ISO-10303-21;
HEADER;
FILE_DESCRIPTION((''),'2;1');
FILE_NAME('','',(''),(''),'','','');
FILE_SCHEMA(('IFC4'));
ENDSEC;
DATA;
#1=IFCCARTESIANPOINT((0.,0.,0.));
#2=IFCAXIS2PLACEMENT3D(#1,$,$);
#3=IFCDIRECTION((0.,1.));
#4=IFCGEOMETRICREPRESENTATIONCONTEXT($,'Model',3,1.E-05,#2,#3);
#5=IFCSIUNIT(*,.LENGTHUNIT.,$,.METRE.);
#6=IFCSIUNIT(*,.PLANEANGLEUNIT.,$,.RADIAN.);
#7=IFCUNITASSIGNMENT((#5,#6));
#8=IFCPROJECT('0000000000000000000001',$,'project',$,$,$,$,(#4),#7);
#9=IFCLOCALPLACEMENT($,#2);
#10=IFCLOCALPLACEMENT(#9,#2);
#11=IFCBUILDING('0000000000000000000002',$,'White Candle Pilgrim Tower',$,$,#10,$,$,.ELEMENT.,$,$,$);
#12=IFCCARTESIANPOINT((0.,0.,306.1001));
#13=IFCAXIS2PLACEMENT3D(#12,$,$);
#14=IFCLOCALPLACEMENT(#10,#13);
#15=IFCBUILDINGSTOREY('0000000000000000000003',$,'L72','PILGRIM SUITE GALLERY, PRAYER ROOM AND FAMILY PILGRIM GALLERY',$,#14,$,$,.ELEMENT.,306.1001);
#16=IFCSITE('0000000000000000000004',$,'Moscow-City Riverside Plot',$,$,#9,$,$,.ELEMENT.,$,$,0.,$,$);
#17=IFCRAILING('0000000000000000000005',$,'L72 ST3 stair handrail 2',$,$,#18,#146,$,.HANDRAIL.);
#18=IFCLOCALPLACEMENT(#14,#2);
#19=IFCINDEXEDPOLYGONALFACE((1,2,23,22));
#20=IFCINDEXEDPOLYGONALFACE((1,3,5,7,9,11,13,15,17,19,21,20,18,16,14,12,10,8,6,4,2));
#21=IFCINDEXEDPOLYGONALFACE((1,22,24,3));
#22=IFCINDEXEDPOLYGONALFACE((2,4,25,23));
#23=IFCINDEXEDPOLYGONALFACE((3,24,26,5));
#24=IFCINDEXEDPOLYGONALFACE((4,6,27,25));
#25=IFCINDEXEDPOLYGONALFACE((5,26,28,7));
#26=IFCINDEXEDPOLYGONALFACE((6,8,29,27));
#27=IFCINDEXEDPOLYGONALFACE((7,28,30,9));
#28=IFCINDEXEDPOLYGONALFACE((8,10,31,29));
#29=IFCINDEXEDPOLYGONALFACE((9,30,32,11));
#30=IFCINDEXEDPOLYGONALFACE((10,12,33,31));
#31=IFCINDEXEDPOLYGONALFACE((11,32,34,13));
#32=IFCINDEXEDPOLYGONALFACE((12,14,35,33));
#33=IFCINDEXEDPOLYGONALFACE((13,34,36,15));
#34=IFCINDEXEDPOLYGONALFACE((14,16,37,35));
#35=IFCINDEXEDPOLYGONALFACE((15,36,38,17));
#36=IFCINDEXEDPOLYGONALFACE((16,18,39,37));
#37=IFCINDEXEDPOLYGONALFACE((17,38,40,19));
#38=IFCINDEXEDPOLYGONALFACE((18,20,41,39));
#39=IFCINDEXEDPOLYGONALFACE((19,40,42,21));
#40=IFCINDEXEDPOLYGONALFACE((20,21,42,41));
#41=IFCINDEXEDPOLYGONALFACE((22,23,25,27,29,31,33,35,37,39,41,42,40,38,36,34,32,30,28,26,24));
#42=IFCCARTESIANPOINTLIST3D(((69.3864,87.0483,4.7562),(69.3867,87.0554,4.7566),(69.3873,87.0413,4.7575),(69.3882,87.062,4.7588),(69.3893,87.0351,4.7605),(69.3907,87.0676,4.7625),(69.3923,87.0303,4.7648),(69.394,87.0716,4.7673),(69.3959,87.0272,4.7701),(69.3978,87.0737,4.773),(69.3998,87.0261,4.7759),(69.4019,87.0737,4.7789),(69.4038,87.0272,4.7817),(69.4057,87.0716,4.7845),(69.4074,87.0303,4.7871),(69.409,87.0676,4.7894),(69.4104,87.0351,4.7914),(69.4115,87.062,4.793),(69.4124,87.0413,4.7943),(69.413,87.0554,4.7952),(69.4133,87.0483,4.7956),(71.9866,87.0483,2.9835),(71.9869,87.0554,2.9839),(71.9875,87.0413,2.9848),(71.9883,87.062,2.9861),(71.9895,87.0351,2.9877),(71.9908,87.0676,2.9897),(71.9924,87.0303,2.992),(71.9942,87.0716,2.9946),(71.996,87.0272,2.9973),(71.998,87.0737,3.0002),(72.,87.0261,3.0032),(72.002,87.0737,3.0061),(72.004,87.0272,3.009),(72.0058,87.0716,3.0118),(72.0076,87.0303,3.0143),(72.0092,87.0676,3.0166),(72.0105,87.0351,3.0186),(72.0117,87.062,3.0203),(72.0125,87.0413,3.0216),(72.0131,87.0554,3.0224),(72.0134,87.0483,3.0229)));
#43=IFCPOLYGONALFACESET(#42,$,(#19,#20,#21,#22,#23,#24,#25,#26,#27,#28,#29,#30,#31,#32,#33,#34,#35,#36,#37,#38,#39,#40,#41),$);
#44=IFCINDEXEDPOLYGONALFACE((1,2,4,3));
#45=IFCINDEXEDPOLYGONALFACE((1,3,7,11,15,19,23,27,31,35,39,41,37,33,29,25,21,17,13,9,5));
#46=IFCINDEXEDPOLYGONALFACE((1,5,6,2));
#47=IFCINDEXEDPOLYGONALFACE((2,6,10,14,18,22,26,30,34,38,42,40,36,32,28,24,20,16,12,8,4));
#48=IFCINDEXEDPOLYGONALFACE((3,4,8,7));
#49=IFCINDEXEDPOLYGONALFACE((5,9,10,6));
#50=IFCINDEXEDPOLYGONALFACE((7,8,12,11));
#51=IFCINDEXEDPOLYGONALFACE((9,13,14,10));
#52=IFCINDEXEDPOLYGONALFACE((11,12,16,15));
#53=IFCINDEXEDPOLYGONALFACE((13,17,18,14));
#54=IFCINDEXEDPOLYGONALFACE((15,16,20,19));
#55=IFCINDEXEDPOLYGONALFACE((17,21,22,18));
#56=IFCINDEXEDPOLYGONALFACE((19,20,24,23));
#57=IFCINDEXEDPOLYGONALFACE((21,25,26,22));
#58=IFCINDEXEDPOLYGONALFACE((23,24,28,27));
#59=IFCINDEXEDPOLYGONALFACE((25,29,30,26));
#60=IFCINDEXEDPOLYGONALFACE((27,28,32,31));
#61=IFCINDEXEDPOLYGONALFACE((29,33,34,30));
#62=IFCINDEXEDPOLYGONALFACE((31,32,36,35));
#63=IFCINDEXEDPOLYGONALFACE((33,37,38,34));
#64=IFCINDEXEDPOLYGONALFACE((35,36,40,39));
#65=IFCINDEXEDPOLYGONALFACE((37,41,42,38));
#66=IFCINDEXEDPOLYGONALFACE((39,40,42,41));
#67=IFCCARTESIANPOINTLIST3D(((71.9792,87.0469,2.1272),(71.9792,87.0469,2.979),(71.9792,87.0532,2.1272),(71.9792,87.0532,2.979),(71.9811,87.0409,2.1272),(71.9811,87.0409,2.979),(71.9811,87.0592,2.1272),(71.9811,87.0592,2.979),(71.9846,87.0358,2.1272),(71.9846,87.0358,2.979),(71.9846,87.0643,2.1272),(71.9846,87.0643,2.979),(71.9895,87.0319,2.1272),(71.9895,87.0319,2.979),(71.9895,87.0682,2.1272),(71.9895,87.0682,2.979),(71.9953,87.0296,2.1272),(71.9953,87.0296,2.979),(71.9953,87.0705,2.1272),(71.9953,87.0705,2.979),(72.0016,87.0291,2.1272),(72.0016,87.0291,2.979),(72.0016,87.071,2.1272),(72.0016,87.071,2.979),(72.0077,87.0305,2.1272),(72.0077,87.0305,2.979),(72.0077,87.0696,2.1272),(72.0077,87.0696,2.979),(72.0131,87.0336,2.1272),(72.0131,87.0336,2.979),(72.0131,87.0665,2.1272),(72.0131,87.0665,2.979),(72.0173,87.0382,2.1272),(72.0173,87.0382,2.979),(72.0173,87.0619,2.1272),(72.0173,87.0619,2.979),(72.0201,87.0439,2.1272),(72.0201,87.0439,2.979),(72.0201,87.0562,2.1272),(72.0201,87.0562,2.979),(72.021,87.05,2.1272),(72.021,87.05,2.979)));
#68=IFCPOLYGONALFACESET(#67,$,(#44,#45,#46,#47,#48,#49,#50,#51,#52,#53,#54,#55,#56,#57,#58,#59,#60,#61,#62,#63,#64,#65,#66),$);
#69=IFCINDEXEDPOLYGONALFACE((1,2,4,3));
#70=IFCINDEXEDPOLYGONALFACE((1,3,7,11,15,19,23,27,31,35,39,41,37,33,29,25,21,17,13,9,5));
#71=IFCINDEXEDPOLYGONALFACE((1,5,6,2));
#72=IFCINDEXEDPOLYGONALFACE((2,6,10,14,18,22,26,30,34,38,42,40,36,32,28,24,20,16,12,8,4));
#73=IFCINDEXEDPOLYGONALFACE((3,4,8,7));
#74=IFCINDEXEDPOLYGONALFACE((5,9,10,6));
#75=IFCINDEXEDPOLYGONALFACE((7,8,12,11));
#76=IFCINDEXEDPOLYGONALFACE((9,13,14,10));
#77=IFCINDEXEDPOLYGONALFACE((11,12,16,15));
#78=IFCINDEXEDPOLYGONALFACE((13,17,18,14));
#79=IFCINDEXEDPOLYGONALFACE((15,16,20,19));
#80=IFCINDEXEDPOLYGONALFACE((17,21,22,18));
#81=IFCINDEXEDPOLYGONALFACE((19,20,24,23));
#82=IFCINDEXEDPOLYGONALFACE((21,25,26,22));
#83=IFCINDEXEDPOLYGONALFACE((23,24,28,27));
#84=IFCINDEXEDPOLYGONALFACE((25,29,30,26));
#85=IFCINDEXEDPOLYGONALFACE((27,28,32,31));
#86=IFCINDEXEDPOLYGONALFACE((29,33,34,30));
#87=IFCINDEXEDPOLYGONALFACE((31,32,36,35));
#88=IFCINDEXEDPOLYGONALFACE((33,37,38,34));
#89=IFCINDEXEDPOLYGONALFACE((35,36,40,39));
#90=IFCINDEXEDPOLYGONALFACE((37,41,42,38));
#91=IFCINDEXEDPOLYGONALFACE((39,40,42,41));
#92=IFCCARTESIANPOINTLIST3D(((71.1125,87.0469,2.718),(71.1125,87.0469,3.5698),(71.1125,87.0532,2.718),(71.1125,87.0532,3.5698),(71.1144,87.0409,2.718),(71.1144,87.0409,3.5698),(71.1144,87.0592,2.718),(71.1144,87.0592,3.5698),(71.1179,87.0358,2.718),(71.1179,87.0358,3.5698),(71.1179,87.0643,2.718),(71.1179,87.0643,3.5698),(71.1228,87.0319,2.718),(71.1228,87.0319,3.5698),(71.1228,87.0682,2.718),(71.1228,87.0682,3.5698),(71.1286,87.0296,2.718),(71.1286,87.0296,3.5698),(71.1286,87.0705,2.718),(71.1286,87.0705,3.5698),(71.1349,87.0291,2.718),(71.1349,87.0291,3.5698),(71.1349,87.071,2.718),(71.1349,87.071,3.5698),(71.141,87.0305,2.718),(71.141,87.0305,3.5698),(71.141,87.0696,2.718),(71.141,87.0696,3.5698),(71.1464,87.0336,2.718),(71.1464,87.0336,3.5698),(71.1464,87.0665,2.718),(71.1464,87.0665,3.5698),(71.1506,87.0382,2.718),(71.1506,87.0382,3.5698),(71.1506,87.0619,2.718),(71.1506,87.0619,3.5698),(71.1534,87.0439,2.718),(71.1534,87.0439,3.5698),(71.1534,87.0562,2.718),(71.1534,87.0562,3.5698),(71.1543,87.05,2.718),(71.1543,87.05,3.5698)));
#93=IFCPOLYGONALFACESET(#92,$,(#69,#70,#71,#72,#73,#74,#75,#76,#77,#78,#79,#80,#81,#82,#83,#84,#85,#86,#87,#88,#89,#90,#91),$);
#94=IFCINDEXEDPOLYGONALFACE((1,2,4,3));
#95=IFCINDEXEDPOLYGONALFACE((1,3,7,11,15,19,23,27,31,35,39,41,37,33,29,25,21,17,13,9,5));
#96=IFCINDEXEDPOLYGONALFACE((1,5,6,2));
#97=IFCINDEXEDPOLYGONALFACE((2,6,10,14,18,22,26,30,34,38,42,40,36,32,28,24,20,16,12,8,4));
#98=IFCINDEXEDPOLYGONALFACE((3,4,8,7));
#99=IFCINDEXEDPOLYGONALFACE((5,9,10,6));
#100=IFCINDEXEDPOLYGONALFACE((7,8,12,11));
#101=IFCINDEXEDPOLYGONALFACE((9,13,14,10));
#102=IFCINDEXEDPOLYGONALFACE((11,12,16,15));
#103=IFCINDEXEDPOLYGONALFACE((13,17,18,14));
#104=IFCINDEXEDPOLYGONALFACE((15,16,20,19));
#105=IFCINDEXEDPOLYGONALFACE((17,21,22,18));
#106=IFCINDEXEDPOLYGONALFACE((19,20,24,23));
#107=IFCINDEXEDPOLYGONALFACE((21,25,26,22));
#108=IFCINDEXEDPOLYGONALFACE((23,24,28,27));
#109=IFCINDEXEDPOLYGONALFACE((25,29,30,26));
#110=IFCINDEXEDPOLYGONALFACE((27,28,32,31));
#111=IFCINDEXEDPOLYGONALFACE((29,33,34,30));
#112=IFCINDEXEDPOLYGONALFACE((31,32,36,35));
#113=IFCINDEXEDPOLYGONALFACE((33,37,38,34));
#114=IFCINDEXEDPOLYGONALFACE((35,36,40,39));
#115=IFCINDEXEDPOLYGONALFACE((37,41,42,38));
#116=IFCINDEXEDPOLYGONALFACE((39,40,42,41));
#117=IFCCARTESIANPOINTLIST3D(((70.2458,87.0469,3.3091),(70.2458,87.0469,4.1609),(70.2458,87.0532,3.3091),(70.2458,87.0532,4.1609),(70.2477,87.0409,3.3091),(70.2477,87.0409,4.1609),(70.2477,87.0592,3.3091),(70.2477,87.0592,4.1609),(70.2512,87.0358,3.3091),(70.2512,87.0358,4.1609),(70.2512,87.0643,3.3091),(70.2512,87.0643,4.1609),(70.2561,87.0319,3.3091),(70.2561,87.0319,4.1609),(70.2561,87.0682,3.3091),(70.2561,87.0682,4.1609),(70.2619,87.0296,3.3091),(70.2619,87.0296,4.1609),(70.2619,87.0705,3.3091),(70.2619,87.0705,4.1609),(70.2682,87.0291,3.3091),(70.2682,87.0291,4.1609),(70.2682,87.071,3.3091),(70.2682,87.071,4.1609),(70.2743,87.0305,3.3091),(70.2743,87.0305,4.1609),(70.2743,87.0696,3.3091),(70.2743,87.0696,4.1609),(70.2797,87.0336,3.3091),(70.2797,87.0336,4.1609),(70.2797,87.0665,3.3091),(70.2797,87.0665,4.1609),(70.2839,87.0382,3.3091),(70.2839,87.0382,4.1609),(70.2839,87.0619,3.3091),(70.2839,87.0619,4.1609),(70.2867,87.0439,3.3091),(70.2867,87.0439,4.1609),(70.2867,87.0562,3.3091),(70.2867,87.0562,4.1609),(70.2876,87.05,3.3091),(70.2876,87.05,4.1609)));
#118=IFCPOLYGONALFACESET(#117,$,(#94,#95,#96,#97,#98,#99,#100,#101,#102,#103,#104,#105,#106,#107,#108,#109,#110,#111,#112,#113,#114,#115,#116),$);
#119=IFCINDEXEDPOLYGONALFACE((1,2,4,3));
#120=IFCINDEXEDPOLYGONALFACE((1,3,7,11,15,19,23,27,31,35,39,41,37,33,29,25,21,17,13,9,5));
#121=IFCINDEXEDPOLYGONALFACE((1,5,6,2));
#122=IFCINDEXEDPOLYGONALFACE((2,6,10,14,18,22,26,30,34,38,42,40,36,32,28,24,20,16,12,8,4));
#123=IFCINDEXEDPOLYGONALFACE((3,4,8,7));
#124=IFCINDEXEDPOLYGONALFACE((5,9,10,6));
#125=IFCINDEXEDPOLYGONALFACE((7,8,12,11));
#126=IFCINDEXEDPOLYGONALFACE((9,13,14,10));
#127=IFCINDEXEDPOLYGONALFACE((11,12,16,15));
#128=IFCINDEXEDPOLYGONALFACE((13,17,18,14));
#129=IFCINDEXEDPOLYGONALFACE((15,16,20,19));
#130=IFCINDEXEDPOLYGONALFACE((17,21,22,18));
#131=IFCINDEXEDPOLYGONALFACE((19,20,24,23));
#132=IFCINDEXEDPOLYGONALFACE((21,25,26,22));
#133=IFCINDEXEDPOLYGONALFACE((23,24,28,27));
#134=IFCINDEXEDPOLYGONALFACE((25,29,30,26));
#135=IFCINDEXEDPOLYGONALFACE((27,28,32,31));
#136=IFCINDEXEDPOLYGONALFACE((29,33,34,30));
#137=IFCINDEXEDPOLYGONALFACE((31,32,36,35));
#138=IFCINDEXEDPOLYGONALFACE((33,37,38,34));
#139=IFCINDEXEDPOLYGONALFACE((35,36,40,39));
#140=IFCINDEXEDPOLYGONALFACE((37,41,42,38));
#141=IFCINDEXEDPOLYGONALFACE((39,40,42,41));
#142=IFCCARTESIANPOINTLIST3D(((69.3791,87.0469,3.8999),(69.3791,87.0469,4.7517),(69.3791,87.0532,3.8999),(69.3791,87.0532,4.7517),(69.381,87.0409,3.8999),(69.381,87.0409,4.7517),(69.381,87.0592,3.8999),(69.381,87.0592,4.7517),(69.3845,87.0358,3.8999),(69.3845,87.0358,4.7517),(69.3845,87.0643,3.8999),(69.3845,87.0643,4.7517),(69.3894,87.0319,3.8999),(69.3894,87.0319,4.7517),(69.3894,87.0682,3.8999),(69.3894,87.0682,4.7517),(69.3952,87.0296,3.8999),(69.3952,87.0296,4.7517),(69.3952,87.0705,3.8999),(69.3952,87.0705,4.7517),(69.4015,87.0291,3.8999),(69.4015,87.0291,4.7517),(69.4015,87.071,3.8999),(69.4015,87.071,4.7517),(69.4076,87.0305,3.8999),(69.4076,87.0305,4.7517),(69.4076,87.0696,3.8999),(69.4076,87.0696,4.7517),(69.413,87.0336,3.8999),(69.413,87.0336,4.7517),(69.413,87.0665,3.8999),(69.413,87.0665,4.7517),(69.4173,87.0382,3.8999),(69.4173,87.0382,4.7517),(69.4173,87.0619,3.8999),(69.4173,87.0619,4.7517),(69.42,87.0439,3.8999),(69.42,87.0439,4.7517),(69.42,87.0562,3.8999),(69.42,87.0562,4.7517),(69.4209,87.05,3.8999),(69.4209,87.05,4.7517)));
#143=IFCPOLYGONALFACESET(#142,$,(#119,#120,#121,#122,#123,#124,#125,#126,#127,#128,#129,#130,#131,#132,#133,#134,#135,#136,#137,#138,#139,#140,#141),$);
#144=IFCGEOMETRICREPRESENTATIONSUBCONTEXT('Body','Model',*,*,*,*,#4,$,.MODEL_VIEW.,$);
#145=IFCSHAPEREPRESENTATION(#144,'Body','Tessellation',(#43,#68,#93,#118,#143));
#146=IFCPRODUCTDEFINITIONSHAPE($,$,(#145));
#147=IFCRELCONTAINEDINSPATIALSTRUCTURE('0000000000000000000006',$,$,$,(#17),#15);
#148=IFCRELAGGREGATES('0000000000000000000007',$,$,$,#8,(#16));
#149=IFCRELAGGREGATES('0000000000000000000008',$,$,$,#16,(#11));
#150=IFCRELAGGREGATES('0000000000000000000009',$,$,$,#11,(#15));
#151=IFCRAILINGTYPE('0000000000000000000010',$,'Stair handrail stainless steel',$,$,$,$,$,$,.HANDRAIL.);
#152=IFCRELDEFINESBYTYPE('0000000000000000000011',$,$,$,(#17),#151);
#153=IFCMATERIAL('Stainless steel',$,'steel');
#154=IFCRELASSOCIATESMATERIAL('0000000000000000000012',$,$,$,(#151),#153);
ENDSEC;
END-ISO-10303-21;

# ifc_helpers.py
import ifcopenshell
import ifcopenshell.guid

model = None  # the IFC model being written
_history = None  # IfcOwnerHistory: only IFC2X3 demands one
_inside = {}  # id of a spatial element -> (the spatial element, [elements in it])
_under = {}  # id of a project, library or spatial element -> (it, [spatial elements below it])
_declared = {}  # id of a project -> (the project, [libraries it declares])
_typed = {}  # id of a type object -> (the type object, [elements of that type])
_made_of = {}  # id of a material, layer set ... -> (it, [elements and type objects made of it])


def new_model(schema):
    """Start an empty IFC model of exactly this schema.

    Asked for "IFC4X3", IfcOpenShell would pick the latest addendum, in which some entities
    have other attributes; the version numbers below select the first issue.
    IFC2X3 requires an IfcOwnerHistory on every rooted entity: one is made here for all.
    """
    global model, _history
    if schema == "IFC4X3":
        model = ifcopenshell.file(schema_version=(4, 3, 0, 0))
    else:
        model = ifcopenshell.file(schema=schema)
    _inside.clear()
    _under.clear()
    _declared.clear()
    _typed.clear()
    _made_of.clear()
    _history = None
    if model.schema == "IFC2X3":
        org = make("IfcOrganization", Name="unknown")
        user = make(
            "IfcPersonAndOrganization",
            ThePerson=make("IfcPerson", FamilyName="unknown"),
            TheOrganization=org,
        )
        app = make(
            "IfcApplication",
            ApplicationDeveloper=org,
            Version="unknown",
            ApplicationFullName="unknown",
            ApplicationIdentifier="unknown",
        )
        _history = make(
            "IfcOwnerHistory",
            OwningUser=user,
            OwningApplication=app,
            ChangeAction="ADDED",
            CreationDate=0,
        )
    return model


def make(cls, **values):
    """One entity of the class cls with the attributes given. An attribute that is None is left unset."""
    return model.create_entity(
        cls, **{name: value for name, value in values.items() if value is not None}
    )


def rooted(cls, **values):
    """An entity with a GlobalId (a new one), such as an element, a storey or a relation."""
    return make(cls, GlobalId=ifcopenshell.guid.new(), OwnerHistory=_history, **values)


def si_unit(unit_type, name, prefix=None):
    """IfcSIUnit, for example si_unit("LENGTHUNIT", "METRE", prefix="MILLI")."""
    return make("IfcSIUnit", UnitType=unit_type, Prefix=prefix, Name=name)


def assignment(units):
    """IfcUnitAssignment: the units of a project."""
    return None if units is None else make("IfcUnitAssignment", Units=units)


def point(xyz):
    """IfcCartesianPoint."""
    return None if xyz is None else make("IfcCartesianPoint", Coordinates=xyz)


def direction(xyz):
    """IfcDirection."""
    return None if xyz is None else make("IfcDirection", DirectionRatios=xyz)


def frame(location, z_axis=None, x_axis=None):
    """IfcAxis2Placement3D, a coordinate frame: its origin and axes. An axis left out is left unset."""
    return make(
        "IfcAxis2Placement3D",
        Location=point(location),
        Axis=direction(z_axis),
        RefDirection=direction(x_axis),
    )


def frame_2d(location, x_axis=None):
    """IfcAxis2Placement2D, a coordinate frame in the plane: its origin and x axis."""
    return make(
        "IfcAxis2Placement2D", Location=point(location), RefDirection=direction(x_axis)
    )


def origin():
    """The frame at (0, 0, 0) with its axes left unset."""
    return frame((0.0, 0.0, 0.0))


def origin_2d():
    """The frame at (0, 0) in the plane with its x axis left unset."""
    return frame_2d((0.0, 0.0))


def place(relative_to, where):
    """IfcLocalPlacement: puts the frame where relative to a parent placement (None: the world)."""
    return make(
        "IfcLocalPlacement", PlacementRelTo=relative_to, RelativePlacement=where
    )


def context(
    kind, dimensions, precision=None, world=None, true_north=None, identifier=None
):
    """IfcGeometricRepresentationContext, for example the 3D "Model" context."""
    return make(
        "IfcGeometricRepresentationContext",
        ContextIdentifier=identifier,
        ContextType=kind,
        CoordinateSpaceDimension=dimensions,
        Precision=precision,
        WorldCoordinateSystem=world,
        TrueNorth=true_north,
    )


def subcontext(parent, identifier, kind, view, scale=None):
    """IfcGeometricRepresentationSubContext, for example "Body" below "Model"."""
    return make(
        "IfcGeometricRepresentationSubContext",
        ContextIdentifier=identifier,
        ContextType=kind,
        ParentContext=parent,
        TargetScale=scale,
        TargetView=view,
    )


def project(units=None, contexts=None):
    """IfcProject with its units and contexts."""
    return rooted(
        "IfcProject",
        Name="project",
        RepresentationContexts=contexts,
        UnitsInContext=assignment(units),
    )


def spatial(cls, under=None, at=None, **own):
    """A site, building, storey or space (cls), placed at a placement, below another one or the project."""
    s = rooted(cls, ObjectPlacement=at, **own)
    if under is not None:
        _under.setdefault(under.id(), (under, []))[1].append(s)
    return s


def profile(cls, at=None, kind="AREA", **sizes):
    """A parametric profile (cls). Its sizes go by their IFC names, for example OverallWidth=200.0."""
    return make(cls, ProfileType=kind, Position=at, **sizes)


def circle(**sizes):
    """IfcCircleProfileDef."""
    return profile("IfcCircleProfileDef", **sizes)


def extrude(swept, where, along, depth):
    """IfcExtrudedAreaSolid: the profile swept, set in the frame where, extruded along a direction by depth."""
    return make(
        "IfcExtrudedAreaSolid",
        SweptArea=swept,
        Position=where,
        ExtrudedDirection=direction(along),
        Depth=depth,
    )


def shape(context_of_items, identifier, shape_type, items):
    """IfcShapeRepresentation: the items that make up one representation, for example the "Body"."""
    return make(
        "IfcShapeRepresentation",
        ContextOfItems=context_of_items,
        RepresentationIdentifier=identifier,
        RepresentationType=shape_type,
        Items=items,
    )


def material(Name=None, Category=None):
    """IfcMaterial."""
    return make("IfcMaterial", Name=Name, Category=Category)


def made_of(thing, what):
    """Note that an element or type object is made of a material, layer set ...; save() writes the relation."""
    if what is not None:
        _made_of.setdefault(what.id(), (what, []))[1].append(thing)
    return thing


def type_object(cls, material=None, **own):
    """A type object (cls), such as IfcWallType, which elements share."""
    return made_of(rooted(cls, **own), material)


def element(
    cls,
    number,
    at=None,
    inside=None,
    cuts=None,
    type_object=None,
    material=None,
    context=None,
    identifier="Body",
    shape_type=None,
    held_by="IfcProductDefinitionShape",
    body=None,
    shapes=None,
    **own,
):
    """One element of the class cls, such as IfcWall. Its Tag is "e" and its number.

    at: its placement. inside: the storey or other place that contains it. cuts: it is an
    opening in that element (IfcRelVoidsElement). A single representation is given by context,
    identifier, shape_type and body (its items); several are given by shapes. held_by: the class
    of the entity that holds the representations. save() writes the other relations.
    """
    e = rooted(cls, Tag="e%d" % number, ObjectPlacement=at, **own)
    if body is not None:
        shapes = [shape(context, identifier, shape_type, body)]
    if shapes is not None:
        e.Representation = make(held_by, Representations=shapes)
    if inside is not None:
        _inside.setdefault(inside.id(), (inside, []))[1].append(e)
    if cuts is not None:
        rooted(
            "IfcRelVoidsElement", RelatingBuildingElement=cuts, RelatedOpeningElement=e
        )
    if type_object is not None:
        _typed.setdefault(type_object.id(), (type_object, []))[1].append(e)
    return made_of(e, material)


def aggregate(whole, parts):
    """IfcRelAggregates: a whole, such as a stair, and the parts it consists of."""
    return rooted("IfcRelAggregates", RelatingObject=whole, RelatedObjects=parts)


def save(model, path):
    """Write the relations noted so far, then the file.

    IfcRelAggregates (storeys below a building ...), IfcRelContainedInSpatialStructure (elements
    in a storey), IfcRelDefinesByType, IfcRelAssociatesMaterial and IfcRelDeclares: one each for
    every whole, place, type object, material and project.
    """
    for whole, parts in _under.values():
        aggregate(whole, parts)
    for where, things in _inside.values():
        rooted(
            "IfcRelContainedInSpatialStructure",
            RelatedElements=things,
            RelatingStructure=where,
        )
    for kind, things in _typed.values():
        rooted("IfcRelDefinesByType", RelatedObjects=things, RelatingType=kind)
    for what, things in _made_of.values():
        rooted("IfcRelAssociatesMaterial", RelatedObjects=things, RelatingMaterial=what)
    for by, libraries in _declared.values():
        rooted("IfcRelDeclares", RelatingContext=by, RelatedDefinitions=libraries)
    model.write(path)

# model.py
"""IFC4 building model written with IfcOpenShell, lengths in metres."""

from ifc_helpers import new_model, si_unit, direction, frame, origin, origin_2d, place, context, subcontext, project, spatial, circle, extrude, material, type_object, element, save


model = new_model("IFC4")

# Units and contexts
model_context = context("Model", 3, precision=1e-05, world=origin(), true_north=direction((0.0, 1.0)))
body_context = subcontext(model_context, "Body", "Model", "MODEL_VIEW")
ifc_project = project(units=[si_unit("LENGTHUNIT", "METRE"), si_unit("PLANEANGLEUNIT", "RADIAN")], contexts=[model_context])

# Site, building, storey
site_placement = place(None, origin())
site = spatial("IfcSite", under=ifc_project, at=site_placement, Name="Moscow-City Riverside Plot", CompositionType="ELEMENT", RefElevation=0.0)
building_placement = place(site_placement, origin())
building = spatial("IfcBuilding", under=site, at=building_placement, Name="White Candle Pilgrim Tower", CompositionType="ELEMENT")
storey_placement = place(building_placement, frame((0.0, 0.0, 306.1001)))
storey = spatial("IfcBuildingStorey", under=building, at=storey_placement, Name="L72", Description="PILGRIM SUITE GALLERY, PRAYER ROOM AND FAMILY PILGRIM GALLERY", CompositionType="ELEMENT", Elevation=306.1001)

# Railing
ifc_material_1 = material(Name="Stainless steel", Category="steel")
railing_type_1 = type_object("IfcRailingType", Name="Stair handrail stainless steel", PredefinedType="HANDRAIL", material=ifc_material_1)
railing_1_placement = place(storey_placement, frame((72.0, 87.05, 2.1272)))
element("IfcRailing", 1, at=railing_1_placement, inside=storey, type_object=railing_type_1, Name="L72 ST3 stair handrail 2", PredefinedType="HANDRAIL", context=body_context, shape_type="SweptSolid", body=[
    extrude(circle(Radius=0.0239, at=origin_2d()), frame((0.0, 0.0, 0.876), z_axis=(-0.82624, 0.0, 0.563318), x_axis=(0.0, -1.0, 0.0)), (0.0, 0.0, 1.0), 3.147),
    extrude(circle(Radius=0.021, at=origin_2d()), origin(), (0.0, 0.0, 1.0), 0.8518),
    extrude(circle(Radius=0.021, at=origin_2d()), frame((-0.8667, 0.0, 0.5908)), (0.0, 0.0, 1.0), 0.8518),
    extrude(circle(Radius=0.021, at=origin_2d()), frame((-1.7334, 0.0, 1.1819)), (0.0, 0.0, 1.0), 0.8518),
    extrude(circle(Radius=0.021, at=origin_2d()), frame((-2.6001, 0.0, 1.7727)), (0.0, 0.0, 1.0), 0.8518),
])

save(model, "model.ifc")
